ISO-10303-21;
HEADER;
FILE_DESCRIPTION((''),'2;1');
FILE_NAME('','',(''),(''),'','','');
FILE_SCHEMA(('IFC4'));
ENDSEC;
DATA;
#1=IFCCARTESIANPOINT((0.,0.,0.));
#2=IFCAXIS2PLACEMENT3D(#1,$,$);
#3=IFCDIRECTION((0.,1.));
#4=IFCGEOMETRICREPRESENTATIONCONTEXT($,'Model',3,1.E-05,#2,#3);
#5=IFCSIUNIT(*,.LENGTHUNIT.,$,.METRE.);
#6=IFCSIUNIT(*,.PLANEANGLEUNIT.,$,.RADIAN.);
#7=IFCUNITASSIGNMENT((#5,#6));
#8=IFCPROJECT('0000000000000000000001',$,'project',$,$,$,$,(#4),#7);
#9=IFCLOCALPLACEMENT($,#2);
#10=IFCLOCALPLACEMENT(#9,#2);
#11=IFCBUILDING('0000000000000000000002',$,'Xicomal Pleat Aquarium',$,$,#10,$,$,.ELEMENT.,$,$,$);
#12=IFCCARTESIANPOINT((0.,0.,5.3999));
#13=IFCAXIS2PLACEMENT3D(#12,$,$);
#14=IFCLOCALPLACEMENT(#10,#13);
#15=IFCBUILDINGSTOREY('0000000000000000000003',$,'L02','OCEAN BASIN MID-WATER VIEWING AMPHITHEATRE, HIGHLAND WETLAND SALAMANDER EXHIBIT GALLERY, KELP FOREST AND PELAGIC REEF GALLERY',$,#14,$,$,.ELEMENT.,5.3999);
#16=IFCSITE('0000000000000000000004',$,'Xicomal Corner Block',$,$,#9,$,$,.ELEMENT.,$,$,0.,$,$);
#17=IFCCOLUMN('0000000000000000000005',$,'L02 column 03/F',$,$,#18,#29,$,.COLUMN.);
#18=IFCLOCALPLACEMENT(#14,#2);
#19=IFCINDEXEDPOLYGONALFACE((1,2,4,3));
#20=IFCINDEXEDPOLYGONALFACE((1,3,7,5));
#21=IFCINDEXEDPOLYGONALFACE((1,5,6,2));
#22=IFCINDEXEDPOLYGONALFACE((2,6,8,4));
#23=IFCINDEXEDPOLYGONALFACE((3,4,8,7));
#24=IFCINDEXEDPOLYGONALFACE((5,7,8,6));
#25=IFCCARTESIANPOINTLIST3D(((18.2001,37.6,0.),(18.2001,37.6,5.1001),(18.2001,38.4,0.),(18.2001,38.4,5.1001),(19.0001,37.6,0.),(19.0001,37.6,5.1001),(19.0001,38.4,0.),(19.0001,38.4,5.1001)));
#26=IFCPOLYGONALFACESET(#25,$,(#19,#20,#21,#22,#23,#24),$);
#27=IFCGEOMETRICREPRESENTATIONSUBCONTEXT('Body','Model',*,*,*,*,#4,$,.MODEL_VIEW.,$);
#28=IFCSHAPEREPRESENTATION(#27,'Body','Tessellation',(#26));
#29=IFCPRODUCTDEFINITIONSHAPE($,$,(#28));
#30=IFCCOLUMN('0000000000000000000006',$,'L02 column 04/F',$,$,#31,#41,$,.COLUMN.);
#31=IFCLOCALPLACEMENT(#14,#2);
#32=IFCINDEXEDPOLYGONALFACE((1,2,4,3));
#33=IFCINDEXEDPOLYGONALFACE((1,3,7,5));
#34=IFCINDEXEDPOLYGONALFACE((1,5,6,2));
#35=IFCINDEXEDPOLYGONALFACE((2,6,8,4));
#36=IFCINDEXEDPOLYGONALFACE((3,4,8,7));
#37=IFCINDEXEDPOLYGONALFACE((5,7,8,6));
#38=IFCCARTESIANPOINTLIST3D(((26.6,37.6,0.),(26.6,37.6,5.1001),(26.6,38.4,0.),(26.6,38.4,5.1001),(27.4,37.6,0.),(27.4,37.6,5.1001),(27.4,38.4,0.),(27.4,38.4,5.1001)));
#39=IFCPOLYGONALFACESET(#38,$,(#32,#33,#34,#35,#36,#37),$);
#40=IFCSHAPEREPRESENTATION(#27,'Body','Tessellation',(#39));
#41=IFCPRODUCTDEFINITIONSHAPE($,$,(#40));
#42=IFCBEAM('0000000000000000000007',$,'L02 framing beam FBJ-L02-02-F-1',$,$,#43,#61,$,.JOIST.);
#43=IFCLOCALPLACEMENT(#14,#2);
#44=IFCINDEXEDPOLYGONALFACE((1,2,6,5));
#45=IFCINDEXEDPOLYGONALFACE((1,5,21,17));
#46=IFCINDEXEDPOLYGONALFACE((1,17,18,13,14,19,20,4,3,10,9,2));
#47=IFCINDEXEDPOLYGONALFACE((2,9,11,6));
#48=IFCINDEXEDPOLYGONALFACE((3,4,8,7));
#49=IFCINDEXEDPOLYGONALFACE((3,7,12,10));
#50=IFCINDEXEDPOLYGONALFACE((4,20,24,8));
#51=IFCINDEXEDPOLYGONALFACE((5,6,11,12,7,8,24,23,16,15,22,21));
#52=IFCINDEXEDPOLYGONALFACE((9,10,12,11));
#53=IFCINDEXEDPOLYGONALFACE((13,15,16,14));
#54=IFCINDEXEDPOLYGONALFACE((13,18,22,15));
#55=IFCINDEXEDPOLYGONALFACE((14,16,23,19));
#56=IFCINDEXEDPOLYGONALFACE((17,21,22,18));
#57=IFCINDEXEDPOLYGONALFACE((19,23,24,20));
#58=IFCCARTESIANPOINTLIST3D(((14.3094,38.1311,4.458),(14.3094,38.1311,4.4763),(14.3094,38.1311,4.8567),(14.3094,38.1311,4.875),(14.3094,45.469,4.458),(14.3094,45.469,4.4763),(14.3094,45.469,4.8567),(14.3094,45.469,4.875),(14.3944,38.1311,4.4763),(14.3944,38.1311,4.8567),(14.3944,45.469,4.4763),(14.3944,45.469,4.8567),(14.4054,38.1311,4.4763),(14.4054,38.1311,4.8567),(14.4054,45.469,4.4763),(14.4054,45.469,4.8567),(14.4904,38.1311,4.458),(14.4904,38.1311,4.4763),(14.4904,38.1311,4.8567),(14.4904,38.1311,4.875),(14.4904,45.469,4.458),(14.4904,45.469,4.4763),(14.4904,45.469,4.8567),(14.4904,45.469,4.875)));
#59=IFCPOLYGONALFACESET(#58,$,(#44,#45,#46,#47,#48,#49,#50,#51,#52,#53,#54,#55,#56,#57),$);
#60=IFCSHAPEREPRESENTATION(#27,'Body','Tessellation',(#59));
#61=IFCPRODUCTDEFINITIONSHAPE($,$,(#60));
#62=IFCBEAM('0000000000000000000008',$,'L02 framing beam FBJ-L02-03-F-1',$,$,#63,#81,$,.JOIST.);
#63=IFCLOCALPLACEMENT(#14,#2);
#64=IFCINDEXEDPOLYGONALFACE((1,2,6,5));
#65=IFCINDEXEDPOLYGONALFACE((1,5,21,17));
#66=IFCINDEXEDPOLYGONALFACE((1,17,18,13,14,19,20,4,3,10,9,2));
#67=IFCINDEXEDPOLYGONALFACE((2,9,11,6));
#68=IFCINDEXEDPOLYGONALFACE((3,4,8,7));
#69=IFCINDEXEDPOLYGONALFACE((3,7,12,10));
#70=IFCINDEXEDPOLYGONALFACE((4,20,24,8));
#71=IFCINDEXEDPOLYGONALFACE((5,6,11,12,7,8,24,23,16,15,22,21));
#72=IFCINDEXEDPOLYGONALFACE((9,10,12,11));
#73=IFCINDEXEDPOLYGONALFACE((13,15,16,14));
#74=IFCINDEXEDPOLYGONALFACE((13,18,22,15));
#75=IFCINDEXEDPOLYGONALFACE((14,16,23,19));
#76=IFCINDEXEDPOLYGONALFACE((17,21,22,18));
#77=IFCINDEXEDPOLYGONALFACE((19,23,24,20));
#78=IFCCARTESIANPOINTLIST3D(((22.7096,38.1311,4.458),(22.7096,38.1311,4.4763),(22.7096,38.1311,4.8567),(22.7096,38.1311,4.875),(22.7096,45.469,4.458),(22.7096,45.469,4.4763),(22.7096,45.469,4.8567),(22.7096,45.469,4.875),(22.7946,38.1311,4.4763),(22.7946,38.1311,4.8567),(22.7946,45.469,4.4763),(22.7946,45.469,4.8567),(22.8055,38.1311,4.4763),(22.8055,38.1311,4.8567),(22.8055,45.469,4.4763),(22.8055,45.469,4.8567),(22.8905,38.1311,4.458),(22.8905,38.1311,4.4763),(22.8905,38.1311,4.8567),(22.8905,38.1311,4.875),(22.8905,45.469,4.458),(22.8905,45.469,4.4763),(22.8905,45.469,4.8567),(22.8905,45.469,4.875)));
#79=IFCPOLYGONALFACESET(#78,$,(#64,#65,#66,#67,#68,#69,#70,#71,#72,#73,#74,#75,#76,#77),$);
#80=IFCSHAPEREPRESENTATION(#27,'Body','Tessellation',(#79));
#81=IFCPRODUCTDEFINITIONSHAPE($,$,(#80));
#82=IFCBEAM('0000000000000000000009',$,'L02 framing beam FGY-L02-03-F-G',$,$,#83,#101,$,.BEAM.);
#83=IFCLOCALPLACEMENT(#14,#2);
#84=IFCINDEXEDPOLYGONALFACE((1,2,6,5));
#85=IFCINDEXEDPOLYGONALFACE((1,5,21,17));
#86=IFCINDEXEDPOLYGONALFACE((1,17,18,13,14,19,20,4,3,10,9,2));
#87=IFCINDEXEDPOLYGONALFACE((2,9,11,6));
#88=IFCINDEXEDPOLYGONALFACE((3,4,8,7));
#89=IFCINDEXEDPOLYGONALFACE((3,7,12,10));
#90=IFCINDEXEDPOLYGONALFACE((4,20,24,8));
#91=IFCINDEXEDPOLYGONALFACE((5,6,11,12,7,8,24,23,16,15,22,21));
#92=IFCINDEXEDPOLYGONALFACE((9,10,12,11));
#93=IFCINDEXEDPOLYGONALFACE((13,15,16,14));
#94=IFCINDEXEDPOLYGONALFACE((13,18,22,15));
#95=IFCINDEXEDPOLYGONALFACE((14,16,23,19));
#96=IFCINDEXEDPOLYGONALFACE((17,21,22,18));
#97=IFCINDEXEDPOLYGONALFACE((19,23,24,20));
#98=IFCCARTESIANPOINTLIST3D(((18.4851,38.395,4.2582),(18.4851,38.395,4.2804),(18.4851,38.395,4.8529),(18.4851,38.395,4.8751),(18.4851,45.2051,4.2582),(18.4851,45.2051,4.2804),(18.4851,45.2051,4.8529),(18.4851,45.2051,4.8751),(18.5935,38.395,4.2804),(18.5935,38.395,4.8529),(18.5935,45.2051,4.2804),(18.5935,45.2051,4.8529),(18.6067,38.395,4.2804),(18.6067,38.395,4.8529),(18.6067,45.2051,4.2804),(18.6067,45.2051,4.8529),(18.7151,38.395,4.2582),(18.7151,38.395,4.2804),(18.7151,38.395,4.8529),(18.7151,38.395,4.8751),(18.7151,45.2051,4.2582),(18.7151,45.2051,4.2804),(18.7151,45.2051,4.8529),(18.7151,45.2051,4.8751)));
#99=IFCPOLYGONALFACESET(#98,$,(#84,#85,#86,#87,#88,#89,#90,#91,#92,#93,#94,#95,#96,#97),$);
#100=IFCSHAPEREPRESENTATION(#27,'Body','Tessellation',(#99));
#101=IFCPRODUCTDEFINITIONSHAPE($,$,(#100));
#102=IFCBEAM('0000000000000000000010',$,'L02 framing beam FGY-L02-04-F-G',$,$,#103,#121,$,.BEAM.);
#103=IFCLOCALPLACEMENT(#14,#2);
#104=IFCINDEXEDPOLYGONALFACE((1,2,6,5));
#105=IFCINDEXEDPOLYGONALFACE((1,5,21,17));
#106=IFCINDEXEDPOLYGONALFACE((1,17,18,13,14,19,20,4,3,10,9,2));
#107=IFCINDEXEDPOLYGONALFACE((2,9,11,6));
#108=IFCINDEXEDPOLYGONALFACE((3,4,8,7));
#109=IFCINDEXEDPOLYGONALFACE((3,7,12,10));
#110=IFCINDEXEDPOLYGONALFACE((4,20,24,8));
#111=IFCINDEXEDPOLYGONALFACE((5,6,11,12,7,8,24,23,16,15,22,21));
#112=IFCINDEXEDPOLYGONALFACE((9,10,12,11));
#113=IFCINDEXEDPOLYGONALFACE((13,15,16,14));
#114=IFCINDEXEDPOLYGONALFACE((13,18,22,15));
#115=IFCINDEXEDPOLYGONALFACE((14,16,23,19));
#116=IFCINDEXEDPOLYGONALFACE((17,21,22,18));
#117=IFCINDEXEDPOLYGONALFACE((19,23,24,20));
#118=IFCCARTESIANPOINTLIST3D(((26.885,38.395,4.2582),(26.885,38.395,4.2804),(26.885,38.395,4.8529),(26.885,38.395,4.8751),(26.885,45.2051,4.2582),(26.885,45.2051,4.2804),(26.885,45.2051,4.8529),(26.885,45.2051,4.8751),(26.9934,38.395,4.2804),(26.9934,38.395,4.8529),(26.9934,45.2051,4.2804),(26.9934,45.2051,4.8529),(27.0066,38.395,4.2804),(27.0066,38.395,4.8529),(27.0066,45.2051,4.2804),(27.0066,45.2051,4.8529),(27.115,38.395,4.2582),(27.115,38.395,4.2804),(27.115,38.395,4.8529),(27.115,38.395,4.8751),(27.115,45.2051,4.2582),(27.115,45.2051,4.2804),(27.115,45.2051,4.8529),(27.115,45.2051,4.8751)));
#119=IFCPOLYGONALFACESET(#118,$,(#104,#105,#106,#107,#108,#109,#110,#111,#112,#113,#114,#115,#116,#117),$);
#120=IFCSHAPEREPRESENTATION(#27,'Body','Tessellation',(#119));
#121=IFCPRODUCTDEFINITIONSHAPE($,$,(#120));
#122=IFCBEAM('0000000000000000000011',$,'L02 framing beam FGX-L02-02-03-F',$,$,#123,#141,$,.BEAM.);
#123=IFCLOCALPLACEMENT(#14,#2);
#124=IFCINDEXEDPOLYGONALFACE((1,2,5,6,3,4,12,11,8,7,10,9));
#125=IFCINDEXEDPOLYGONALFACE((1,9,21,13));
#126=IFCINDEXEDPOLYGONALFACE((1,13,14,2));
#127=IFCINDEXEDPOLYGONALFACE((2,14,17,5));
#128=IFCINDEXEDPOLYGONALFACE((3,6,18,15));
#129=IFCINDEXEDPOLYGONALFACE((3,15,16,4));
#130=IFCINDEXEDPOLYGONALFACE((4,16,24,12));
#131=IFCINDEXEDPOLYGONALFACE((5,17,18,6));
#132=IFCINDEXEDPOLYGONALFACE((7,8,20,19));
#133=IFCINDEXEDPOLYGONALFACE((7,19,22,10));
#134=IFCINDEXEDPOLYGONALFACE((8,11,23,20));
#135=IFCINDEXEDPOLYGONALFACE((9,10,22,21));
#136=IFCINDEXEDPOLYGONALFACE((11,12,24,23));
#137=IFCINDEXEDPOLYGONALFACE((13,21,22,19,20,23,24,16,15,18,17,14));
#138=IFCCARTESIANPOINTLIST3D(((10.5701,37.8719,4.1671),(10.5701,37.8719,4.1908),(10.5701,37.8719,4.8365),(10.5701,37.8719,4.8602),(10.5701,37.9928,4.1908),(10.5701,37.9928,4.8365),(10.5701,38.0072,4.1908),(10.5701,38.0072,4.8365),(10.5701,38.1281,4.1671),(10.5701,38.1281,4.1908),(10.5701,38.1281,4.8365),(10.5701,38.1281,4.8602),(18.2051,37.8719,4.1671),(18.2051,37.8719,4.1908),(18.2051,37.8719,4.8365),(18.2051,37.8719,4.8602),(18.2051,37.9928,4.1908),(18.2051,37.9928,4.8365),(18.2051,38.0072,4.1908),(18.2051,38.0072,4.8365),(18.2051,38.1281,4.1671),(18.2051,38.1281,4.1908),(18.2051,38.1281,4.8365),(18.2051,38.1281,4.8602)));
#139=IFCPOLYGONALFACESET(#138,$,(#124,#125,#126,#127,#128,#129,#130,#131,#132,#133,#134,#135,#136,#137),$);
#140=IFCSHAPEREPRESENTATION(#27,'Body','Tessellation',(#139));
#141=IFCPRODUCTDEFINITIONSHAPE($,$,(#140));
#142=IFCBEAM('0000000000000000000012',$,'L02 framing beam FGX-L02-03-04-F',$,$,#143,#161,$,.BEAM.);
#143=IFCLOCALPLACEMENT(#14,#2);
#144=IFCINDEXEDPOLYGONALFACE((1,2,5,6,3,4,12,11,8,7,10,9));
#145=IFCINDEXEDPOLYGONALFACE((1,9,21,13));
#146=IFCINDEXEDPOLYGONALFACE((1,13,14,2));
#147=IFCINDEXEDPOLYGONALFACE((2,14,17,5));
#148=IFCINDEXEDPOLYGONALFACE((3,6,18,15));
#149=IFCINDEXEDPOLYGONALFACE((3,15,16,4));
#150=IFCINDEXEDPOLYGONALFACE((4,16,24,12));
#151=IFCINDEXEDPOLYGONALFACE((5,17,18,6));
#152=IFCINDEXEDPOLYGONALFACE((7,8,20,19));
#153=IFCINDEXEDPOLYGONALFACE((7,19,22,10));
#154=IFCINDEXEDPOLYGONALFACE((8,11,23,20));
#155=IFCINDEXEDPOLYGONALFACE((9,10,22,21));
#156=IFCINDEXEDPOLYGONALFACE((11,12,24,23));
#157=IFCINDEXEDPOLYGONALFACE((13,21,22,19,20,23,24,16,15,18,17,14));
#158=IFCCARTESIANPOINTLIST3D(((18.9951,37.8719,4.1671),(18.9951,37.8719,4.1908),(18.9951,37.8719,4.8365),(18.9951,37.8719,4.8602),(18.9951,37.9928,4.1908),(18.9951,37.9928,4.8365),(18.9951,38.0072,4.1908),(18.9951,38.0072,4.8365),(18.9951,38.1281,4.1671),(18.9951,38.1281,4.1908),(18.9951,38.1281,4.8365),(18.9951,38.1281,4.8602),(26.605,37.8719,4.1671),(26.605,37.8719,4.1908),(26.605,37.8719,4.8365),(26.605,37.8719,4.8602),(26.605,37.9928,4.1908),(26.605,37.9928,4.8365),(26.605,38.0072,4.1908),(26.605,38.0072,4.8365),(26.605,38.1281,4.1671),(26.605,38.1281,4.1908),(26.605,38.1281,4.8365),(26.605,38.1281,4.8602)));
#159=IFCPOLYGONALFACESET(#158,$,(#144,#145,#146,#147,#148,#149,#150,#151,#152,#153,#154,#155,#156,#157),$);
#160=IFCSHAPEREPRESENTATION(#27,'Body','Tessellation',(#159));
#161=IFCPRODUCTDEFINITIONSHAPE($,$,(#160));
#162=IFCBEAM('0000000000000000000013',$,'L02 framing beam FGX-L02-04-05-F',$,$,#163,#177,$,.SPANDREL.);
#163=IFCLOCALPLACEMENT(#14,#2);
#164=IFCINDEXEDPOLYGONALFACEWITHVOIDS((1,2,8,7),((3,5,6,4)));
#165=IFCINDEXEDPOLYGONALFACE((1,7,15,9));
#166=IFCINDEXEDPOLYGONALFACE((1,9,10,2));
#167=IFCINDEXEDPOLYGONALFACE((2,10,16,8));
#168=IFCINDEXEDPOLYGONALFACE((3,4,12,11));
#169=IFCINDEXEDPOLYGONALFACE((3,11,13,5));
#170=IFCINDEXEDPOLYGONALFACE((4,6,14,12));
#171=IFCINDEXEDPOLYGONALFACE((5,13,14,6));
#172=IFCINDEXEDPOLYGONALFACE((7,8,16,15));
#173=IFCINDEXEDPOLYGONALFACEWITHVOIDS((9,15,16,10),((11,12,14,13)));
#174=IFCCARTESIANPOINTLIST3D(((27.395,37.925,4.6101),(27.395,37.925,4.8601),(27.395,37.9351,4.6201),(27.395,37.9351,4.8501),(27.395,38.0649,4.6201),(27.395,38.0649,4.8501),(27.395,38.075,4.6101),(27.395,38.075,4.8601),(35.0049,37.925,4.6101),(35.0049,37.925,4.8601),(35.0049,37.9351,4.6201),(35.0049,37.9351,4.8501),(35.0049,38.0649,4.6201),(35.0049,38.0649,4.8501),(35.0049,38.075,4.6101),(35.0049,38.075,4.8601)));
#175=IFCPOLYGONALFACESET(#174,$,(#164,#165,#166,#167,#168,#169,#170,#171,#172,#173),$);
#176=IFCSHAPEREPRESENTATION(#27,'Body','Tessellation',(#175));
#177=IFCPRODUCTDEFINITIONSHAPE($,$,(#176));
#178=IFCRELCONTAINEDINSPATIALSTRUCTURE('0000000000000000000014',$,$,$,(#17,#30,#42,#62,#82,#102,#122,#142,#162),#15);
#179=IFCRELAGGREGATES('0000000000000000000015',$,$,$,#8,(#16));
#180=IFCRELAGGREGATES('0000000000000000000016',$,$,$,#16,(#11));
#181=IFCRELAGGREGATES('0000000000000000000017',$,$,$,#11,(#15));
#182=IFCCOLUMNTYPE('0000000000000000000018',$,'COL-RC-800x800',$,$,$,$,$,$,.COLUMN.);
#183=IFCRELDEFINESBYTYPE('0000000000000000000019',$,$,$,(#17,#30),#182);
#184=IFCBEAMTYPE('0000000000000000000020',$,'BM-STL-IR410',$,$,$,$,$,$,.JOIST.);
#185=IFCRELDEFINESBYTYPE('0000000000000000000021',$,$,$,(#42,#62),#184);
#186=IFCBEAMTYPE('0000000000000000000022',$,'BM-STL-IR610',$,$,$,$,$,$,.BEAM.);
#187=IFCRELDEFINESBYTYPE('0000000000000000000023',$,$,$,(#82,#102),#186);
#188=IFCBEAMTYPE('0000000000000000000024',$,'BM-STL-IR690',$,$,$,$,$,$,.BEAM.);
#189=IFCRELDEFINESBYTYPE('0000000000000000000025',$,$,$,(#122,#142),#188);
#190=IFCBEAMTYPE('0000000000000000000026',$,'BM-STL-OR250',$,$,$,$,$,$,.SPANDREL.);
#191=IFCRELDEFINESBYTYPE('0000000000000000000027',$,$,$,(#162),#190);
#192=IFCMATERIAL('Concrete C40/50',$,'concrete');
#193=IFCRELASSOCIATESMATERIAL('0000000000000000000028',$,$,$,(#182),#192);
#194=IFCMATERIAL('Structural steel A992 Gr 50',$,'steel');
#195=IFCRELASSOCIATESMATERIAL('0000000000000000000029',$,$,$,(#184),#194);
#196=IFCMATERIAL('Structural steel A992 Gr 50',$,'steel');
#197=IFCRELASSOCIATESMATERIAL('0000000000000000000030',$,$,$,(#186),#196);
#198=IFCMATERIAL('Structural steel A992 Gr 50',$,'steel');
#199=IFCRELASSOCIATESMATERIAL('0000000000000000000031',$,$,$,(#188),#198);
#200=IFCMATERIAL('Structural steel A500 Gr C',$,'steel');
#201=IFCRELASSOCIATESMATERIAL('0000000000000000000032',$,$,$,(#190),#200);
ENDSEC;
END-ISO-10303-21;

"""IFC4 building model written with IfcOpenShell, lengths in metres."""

from ifc_helpers import new_model, si_unit, direction, frame, origin, origin_2d, place, context, subcontext, project, spatial, rectangle, hollow_rectangle, i_section, extrude, material, material_profile, profile_set, type_object, element, save


model = new_model("IFC4")

# Units and contexts
model_context = context("Model", 3, precision=1e-05, world=origin(), true_north=direction((0.0, 1.0)))
body_context = subcontext(model_context, "Body", "Model", "MODEL_VIEW")
ifc_project = project(units=[si_unit("LENGTHUNIT", "METRE"), si_unit("PLANEANGLEUNIT", "RADIAN")], contexts=[model_context])

# Site, building, storey
site_placement = place(None, origin())
site = spatial("IfcSite", under=ifc_project, at=site_placement, Name="Xicomal Corner Block", CompositionType="ELEMENT", RefElevation=0.0)
building_placement = place(site_placement, origin())
building = spatial("IfcBuilding", under=site, at=building_placement, Name="Xicomal Pleat Aquarium", CompositionType="ELEMENT")
storey_placement = place(building_placement, frame((0.0, 0.0, 5.3999)))
storey = spatial("IfcBuildingStorey", under=building, at=storey_placement, Name="L02", Description="OCEAN BASIN MID-WATER VIEWING AMPHITHEATRE, HIGHLAND WETLAND SALAMANDER EXHIBIT GALLERY, KELP FOREST AND PELAGIC REEF GALLERY", CompositionType="ELEMENT", Elevation=5.3999)

# Columns
ifc_material_1 = material(Name="Concrete C40/50", Category="concrete")
ifc_material_profile_1 = material_profile(ifc_material_1, rectangle(XDim=0.8, YDim=0.8, at=origin_2d()), Name="RC 800x800")
ifc_profile_set_1 = profile_set([ifc_material_profile_1], Name="Concrete C40/50")
column_type = type_object("IfcColumnType", Name="COL-RC-800x800", PredefinedType="COLUMN", material=ifc_profile_set_1)
for number, where, z_axis, x_axis, name in (
    (1, (18.6001, 38.0, 0.0), (0.0, 0.0, 1.0), (1.0, 0.0, 0.0), "L02 column 03/F"),
    (2, (27.0, 38.0, 0.0), (0.0, 0.0, 1.0), (1.0, 0.0, 0.0), "L02 column 04/F"),
):
    element("IfcColumn", number, at=place(storey_placement, frame(where, z_axis=z_axis, x_axis=x_axis)), inside=storey, type_object=column_type, Name=name, PredefinedType="COLUMN", context=body_context, shape_type="SweptSolid", body=[
        extrude(rectangle(XDim=0.8, YDim=0.8, at=origin_2d()), origin(), (0.0, 0.0, 1.0), 5.1001),
    ])

# Beams
ifc_material_2 = material(Name="Structural steel A992 Gr 50", Category="steel")
ifc_material_profile_2 = material_profile(ifc_material_2, i_section(OverallWidth=0.1809, OverallDepth=0.417, WebThickness=0.011, FlangeThickness=0.0183, at=origin_2d()), Name="IR 410x85")
ifc_profile_set_2 = profile_set([ifc_material_profile_2], Name="Structural steel A992 Gr 50")
beam_type_1 = type_object("IfcBeamType", Name="BM-STL-IR410", PredefinedType="JOIST", material=ifc_profile_set_2)
for number, where, z_axis, x_axis, name in (
    (3, (14.3999, 38.1311, 4.6665), (0.0, 1.0, 0.0), (-1.0, 0.0, 0.0), "L02 framing beam FBJ-L02-02-F-1"),
    (4, (22.8, 38.1311, 4.6665), (0.0, 1.0, 0.0), (-1.0, 0.0, 0.0), "L02 framing beam FBJ-L02-03-F-1"),
):
    element("IfcBeam", number, at=place(storey_placement, frame(where, z_axis=z_axis, x_axis=x_axis)), inside=storey, type_object=beam_type_1, Name=name, PredefinedType="JOIST", context=body_context, shape_type="SweptSolid", body=[
        extrude(i_section(OverallWidth=0.1809, OverallDepth=0.417, WebThickness=0.011, FlangeThickness=0.0183, at=origin_2d()), origin(), (0.0, 0.0, 1.0), 7.3379),
    ])
ifc_material_3 = material(Name="Structural steel A992 Gr 50", Category="steel")
ifc_material_profile_3 = material_profile(ifc_material_3, i_section(OverallWidth=0.23, OverallDepth=0.6169, WebThickness=0.0132, FlangeThickness=0.0222, at=origin_2d()), Name="IR 610x140")
ifc_profile_set_3 = profile_set([ifc_material_profile_3], Name="Structural steel A992 Gr 50")
beam_type_2 = type_object("IfcBeamType", Name="BM-STL-IR610", PredefinedType="BEAM", material=ifc_profile_set_3)
for number, where, z_axis, x_axis, name in (
    (5, (18.6001, 38.395, 4.5667), (0.0, 1.0, 0.0), (-1.0, 0.0, 0.0), "L02 framing beam FGY-L02-03-F-G"),
    (6, (27.0, 38.395, 4.5667), (0.0, 1.0, 0.0), (-1.0, 0.0, 0.0), "L02 framing beam FGY-L02-04-F-G"),
):
    element("IfcBeam", number, at=place(storey_placement, frame(where, z_axis=z_axis, x_axis=x_axis)), inside=storey, type_object=beam_type_2, Name=name, PredefinedType="BEAM", context=body_context, shape_type="SweptSolid", body=[
        extrude(i_section(OverallWidth=0.23, OverallDepth=0.6169, WebThickness=0.0132, FlangeThickness=0.0222, at=origin_2d()), origin(), (0.0, 0.0, 1.0), 6.8101),
    ])
ifc_material_4 = material(Name="Structural steel A992 Gr 50", Category="steel")
ifc_material_profile_4 = material_profile(ifc_material_4, i_section(OverallWidth=0.2561, OverallDepth=0.6931, WebThickness=0.0144, FlangeThickness=0.0237, at=origin_2d()), Name="IR 690x170")
ifc_profile_set_4 = profile_set([ifc_material_profile_4], Name="Structural steel A992 Gr 50")
beam_type_3 = type_object("IfcBeamType", Name="BM-STL-IR690", PredefinedType="BEAM", material=ifc_profile_set_4)
beam_1_placement = place(storey_placement, frame((10.5701, 38.0, 4.5137), z_axis=(1.0, 0.0, 0.0), x_axis=(0.0, 1.0, 0.0)))
element("IfcBeam", 7, at=beam_1_placement, inside=storey, type_object=beam_type_3, Name="L02 framing beam FGX-L02-02-03-F", PredefinedType="BEAM", context=body_context, shape_type="SweptSolid", body=[
    extrude(i_section(OverallWidth=0.2561, OverallDepth=0.6931, WebThickness=0.0144, FlangeThickness=0.0237, at=origin_2d()), origin(), (0.0, 0.0, 1.0), 7.635),
])
beam_2_placement = place(storey_placement, frame((18.9951, 38.0, 4.5137), z_axis=(1.0, 0.0, 0.0), x_axis=(0.0, 1.0, 0.0)))
element("IfcBeam", 8, at=beam_2_placement, inside=storey, type_object=beam_type_3, Name="L02 framing beam FGX-L02-03-04-F", PredefinedType="BEAM", context=body_context, shape_type="SweptSolid", body=[
    extrude(i_section(OverallWidth=0.2561, OverallDepth=0.6931, WebThickness=0.0144, FlangeThickness=0.0237, at=origin_2d()), origin(), (0.0, 0.0, 1.0), 7.6099),
])
ifc_material_5 = material(Name="Structural steel A500 Gr C", Category="steel")
ifc_material_profile_5 = material_profile(ifc_material_5, hollow_rectangle(XDim=0.1499, YDim=0.25, WallThickness=0.01, at=origin_2d()), Name="OR 250x150x10")
ifc_profile_set_5 = profile_set([ifc_material_profile_5], Name="Structural steel A500 Gr C")
beam_type_4 = type_object("IfcBeamType", Name="BM-STL-OR250", PredefinedType="SPANDREL", material=ifc_profile_set_5)
beam_3_placement = place(storey_placement, frame((27.395, 38.0, 4.7351), z_axis=(1.0, 0.0, 0.0), x_axis=(0.0, 1.0, 0.0)))
element("IfcBeam", 9, at=beam_3_placement, inside=storey, type_object=beam_type_4, Name="L02 framing beam FGX-L02-04-05-F", PredefinedType="SPANDREL", context=body_context, shape_type="SweptSolid", body=[
    extrude(hollow_rectangle(XDim=0.1499, YDim=0.25, WallThickness=0.01, at=origin_2d()), origin(), (0.0, 0.0, 1.0), 7.6099),
])

save(model, "model.ifc")
